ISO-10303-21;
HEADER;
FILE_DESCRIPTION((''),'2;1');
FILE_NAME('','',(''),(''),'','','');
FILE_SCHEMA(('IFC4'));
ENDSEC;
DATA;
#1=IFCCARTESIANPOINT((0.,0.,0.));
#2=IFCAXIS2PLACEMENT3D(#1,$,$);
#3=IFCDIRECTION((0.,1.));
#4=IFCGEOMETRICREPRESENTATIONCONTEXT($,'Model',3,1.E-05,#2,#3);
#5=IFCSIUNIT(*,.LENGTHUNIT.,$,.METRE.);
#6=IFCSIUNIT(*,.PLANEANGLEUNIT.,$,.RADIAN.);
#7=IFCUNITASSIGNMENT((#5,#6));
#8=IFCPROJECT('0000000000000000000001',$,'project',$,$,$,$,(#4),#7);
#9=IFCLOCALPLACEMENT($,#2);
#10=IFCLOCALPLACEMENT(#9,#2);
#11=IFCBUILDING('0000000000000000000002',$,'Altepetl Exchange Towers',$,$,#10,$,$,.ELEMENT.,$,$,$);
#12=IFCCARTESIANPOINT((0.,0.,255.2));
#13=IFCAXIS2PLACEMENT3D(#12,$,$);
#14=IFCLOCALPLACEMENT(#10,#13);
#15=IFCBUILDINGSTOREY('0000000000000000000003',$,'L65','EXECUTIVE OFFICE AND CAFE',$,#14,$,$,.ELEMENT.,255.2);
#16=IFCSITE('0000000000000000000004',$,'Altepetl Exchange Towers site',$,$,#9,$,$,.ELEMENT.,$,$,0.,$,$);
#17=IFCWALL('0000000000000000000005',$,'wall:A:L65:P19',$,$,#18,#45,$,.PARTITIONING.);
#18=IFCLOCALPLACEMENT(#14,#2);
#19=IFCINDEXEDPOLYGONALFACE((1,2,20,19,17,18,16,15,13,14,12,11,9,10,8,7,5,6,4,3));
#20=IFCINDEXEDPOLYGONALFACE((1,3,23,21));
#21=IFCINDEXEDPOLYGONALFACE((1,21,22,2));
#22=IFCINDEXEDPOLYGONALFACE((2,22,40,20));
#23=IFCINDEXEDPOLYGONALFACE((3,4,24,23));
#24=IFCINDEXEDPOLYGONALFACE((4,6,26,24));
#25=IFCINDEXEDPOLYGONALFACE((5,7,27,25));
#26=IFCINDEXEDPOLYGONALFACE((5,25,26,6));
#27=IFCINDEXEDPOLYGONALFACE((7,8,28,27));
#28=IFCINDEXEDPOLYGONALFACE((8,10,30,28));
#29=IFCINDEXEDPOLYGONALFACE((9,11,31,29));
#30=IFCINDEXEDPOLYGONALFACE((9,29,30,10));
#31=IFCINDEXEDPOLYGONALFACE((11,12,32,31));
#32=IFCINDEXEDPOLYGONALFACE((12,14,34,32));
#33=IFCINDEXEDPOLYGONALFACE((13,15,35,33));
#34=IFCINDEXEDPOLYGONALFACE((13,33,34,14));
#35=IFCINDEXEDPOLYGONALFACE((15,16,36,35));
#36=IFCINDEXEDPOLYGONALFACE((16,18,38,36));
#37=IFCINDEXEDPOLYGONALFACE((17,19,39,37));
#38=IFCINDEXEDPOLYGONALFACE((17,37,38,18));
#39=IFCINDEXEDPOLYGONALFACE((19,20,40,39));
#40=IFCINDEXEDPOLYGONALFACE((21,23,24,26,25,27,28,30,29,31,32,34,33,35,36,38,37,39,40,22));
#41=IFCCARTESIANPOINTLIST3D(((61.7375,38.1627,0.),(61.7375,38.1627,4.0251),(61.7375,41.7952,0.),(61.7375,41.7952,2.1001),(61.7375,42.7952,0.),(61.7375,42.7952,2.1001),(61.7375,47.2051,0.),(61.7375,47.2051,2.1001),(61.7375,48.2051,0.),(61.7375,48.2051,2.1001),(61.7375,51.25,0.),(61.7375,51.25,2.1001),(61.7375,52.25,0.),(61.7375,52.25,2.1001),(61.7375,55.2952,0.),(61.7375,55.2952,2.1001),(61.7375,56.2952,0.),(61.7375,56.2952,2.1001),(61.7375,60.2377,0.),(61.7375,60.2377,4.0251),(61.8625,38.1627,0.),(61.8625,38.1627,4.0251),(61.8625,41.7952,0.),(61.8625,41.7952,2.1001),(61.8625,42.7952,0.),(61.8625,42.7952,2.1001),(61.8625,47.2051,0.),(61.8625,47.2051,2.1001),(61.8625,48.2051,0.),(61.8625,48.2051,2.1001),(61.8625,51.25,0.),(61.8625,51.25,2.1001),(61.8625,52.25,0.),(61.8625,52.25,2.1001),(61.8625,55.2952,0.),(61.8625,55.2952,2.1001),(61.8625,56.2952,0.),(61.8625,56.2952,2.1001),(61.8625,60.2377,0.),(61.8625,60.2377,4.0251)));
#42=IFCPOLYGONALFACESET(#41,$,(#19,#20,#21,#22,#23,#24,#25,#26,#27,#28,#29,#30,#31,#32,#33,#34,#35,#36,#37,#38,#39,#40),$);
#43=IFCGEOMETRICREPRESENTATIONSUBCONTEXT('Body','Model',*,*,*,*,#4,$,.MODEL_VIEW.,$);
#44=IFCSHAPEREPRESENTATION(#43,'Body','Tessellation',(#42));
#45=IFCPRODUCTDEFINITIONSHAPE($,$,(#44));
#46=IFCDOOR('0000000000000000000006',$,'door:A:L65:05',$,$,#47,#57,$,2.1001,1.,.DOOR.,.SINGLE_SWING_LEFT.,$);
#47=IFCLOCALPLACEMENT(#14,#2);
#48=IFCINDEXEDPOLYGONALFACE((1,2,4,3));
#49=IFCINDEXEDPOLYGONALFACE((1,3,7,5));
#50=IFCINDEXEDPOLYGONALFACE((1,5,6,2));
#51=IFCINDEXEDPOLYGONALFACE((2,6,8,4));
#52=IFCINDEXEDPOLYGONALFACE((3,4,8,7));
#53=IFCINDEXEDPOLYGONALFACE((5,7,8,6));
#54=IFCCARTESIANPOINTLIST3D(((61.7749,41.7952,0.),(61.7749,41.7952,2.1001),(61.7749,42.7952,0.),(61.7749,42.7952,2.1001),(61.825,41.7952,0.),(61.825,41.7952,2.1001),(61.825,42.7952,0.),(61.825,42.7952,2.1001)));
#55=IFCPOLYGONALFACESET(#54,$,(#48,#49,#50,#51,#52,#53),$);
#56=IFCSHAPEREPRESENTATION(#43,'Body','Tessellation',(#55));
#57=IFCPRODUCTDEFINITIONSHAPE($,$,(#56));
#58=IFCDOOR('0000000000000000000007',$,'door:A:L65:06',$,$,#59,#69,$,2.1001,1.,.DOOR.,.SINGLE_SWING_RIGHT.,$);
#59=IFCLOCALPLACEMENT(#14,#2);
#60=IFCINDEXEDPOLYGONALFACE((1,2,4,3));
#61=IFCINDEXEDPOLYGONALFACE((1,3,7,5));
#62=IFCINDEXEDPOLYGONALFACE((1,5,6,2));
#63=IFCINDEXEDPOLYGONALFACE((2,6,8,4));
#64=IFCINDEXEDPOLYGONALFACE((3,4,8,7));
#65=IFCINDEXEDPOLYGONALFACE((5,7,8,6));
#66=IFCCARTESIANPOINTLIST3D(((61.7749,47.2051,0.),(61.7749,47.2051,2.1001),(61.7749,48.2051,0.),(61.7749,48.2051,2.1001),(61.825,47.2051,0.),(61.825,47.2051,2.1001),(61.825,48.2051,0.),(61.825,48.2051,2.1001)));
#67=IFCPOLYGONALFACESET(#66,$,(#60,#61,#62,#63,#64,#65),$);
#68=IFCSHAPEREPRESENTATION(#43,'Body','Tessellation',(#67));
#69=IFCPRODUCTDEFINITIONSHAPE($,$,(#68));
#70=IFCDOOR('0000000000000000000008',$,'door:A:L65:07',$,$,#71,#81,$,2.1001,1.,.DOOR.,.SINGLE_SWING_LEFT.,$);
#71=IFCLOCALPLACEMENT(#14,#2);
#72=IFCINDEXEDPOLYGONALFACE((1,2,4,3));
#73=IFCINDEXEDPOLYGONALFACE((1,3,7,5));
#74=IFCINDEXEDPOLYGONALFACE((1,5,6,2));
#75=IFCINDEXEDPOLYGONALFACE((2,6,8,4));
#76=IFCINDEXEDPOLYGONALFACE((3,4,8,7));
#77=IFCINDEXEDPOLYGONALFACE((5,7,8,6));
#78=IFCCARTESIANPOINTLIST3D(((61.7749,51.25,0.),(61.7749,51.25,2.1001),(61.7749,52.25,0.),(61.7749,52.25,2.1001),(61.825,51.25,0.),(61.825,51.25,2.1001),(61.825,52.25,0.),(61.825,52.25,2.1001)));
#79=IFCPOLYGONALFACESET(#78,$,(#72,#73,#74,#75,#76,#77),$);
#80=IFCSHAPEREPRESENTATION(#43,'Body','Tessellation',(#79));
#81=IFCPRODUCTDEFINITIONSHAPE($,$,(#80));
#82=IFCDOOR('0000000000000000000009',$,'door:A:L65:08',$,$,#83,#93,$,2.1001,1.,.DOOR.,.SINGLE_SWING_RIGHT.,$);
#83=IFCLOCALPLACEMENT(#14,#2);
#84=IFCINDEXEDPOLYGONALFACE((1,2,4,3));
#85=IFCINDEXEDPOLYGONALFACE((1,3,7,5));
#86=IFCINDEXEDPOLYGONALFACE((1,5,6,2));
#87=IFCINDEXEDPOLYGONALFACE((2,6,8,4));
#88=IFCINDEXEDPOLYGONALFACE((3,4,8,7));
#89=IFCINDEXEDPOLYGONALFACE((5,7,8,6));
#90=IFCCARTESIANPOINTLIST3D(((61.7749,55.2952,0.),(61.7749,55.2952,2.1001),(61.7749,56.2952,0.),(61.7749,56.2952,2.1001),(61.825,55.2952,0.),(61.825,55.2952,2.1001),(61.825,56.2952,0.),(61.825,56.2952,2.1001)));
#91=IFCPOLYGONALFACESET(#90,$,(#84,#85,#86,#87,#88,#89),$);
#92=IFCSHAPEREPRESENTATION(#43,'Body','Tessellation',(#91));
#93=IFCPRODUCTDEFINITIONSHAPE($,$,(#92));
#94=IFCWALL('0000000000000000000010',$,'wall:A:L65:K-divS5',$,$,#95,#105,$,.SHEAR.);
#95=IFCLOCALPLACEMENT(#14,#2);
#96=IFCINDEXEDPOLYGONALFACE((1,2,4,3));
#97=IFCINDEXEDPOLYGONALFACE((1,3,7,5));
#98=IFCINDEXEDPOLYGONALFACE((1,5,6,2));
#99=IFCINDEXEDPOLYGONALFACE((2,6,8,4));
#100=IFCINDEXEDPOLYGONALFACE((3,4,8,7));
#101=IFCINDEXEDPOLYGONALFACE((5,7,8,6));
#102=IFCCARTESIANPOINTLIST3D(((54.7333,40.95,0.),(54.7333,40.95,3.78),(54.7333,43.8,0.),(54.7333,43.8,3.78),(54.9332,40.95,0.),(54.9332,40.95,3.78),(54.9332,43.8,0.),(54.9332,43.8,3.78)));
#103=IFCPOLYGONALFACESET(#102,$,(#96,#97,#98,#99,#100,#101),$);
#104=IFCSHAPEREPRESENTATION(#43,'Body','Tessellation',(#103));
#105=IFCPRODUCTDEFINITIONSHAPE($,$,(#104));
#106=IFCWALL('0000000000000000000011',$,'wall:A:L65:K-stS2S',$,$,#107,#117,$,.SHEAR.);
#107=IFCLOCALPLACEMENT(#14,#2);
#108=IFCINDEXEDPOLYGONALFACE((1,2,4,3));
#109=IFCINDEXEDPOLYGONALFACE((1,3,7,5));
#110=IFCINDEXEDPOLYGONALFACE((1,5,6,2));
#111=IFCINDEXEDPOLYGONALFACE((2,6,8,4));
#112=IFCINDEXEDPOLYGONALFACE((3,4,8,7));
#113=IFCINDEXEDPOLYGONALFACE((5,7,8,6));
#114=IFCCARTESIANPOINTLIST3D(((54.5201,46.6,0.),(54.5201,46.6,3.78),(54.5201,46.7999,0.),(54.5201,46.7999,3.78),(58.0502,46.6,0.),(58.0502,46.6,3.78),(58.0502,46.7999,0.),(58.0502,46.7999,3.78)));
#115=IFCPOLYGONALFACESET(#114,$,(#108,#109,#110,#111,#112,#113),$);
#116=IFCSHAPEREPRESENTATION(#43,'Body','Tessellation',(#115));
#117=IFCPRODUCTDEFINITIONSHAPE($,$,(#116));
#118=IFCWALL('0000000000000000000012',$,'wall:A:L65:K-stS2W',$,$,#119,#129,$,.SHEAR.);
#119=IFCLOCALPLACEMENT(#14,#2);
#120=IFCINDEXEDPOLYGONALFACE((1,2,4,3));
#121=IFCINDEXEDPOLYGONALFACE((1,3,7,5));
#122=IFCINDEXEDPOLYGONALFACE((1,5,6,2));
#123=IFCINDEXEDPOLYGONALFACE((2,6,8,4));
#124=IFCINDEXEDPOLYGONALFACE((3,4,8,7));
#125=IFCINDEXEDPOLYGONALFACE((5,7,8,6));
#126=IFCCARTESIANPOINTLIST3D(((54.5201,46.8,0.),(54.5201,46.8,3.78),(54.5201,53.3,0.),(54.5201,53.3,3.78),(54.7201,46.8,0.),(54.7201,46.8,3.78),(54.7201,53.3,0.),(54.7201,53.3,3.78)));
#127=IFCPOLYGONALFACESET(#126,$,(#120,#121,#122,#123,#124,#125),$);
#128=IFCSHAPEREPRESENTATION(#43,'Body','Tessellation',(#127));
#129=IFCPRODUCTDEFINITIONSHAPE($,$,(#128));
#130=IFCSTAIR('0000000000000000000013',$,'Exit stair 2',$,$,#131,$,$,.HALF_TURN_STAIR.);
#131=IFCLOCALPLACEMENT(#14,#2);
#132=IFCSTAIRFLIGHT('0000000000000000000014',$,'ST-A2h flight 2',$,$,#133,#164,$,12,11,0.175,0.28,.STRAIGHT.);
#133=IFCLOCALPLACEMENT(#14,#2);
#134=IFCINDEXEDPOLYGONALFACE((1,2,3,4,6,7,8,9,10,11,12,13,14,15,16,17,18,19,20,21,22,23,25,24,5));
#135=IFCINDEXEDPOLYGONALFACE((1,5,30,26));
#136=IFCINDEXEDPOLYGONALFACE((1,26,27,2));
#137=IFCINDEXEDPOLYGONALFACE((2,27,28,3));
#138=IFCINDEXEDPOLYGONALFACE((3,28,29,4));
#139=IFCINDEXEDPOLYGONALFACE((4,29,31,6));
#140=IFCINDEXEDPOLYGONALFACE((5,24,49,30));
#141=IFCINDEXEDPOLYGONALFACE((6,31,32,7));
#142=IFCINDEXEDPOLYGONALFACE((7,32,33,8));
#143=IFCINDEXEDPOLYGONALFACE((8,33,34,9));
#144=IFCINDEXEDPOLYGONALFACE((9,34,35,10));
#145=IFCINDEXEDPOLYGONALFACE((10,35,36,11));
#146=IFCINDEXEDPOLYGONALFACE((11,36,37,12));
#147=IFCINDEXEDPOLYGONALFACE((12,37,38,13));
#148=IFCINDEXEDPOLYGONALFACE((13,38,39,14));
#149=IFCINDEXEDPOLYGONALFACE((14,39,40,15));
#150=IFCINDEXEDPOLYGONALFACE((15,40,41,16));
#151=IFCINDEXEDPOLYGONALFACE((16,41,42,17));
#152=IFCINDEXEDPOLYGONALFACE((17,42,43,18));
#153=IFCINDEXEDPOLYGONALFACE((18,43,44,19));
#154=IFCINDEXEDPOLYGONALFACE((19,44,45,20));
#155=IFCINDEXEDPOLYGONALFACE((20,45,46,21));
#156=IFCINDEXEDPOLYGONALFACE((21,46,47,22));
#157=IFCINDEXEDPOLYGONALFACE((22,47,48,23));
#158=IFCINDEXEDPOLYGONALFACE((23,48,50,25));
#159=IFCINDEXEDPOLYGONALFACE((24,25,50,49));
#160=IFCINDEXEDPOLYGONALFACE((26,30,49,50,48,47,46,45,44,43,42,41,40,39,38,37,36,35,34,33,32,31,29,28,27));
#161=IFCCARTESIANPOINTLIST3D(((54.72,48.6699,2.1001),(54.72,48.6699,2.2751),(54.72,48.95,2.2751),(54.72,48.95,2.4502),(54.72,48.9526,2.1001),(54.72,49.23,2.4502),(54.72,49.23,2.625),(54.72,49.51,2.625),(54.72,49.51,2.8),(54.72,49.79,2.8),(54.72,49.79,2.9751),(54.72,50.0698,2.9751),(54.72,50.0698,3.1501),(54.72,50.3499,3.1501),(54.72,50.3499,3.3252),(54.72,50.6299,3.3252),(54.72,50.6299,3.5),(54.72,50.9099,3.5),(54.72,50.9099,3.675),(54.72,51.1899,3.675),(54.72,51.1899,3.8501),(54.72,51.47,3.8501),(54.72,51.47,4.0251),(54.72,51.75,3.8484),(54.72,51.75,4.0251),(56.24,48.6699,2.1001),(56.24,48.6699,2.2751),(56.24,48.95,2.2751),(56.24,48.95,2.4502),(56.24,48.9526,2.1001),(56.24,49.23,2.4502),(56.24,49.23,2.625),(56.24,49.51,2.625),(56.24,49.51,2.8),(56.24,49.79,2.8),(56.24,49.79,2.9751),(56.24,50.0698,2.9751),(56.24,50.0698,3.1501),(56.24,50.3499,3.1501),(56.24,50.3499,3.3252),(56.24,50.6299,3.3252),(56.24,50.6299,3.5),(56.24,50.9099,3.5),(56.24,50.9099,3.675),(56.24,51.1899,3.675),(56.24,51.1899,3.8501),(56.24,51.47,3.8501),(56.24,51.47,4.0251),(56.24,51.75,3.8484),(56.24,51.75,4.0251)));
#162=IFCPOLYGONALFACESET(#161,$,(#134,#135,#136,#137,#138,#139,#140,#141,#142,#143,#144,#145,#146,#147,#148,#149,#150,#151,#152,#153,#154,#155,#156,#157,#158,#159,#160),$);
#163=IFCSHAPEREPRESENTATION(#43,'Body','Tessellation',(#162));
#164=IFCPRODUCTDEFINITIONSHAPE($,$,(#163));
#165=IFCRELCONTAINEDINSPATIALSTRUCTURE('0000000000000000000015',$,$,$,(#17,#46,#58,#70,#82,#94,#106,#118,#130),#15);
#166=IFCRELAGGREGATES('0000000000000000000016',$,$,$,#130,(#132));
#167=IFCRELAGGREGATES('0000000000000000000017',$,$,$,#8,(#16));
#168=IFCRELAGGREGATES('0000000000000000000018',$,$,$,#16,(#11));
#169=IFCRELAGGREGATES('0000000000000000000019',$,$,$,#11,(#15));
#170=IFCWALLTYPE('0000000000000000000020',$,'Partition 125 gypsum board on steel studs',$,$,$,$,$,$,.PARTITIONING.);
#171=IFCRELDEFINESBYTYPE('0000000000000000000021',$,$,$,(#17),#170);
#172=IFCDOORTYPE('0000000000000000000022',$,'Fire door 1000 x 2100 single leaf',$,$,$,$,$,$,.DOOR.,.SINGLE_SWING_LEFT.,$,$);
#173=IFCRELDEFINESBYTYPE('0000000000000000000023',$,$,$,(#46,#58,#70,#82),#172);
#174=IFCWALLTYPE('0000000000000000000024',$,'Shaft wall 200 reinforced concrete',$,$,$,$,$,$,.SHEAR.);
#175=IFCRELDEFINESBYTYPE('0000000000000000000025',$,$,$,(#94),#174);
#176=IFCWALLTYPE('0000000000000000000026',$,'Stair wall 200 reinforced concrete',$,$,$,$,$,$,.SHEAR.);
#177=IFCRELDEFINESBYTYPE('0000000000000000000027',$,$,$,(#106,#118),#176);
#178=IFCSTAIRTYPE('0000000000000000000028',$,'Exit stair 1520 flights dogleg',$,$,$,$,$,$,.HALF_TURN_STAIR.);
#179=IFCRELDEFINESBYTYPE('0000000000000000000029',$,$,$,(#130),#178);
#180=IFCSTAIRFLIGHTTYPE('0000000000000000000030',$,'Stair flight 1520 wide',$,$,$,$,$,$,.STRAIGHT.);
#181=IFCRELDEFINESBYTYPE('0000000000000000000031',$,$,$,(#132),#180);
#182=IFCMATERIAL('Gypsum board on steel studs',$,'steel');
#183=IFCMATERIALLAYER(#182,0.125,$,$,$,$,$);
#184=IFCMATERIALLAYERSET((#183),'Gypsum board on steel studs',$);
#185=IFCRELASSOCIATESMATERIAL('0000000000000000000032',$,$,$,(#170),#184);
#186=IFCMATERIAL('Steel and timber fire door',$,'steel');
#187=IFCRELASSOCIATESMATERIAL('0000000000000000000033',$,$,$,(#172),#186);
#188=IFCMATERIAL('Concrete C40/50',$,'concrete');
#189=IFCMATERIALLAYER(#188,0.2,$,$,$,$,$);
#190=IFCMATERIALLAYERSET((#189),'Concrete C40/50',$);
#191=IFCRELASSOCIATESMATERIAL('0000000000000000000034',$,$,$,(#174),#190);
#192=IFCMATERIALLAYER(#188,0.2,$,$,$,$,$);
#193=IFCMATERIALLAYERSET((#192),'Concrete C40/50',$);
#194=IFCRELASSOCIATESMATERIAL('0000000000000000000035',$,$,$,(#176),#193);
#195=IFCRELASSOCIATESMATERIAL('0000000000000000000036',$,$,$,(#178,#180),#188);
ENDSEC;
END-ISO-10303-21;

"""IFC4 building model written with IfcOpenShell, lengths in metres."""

from ifc_helpers import new_model, si_unit, direction, frame, frame_2d, origin, place, context, subcontext, project, spatial, polyline, rectangle, outline, extrude, material, layer, layer_set, type_object, element, fill, aggregate, save


model = new_model("IFC4")

# Units and contexts
model_context = context("Model", 3, precision=1e-05, world=origin(), true_north=direction((0.0, 1.0)))
body_context = subcontext(model_context, "Body", "Model", "MODEL_VIEW")
ifc_project = project(units=[si_unit("LENGTHUNIT", "METRE"), si_unit("PLANEANGLEUNIT", "RADIAN")], contexts=[model_context])

# Site, building, storey
site_placement = place(None, origin())
site = spatial("IfcSite", under=ifc_project, at=site_placement, Name="Altepetl Exchange Towers site", CompositionType="ELEMENT", RefElevation=0.0)
building_placement = place(site_placement, origin())
building = spatial("IfcBuilding", under=site, at=building_placement, Name="Altepetl Exchange Towers", CompositionType="ELEMENT")
storey_placement = place(building_placement, frame((0.0, 0.0, 255.2)))
storey = spatial("IfcBuildingStorey", under=building, at=storey_placement, Name="L65", Description="EXECUTIVE OFFICE AND CAFE", CompositionType="ELEMENT", Elevation=255.2)

# Shared definitions
ifc_material_1 = material(Name="Steel and timber fire door", Category="steel")

# Shared definitions
ifc_material_2 = material(Name="Gypsum board on steel studs", Category="steel")
ifc_layer_1 = layer(ifc_material_2, 0.125)
ifc_layer_set_1 = layer_set([ifc_layer_1], Name="Gypsum board on steel studs")
wall_type_1 = type_object("IfcWallType", Name="Partition 125 gypsum board on steel studs", PredefinedType="PARTITIONING", material=ifc_layer_set_1)

# Wall, openings, doors
wall_1_placement = place(storey_placement, frame((61.8, 38.1626, 0.0), z_axis=(0.0, 0.0, 1.0), x_axis=(0.0, 1.0, 0.0)))
wall_1 = element("IfcWall", 1, at=wall_1_placement, inside=storey, type_object=wall_type_1, Name="wall:A:L65:P19", PredefinedType="PARTITIONING", context=body_context, shape_type="SweptSolid", body=[
    extrude(rectangle(XDim=22.075, YDim=0.125, at=frame_2d((11.0376, 0.0))), origin(), (0.0, 0.0, 1.0), 4.0251),
])
opening_1_placement = place(wall_1_placement, frame((3.6326, 0.0, 0.0)))
opening_1 = element("IfcOpeningElement", 2, at=opening_1_placement, cuts=wall_1, PredefinedType="OPENING", context=body_context, shape_type="SweptSolid", body=[
    extrude(rectangle(XDim=1.0, YDim=2.1001, at=frame_2d((0.5, 1.05))), frame((0.0, 0.0725, 0.0), z_axis=(0.0, -1.0, 0.0), x_axis=(1.0, 0.0, 0.0)), (0.0, 0.0, 1.0), 0.145),
])
opening_2_placement = place(wall_1_placement, frame((9.0425, 0.0, 0.0)))
opening_2 = element("IfcOpeningElement", 3, at=opening_2_placement, cuts=wall_1, PredefinedType="OPENING", context=body_context, shape_type="SweptSolid", body=[
    extrude(rectangle(XDim=1.0, YDim=2.1001, at=frame_2d((0.5, 1.05))), frame((0.0, 0.0725, 0.0), z_axis=(0.0, -1.0, 0.0), x_axis=(1.0, 0.0, 0.0)), (0.0, 0.0, 1.0), 0.145),
])
opening_3_placement = place(wall_1_placement, frame((13.0874, 0.0, 0.0)))
opening_3 = element("IfcOpeningElement", 4, at=opening_3_placement, cuts=wall_1, PredefinedType="OPENING", context=body_context, shape_type="SweptSolid", body=[
    extrude(rectangle(XDim=1.0, YDim=2.1001, at=frame_2d((0.5, 1.05))), frame((0.0, 0.0725, 0.0), z_axis=(0.0, -1.0, 0.0), x_axis=(1.0, 0.0, 0.0)), (0.0, 0.0, 1.0), 0.145),
])
opening_4_placement = place(wall_1_placement, frame((17.1326, 0.0, 0.0)))
opening_4 = element("IfcOpeningElement", 5, at=opening_4_placement, cuts=wall_1, PredefinedType="OPENING", context=body_context, shape_type="SweptSolid", body=[
    extrude(rectangle(XDim=1.0, YDim=2.1001, at=frame_2d((0.5, 1.05))), frame((0.0, 0.0725, 0.0), z_axis=(0.0, -1.0, 0.0), x_axis=(1.0, 0.0, 0.0)), (0.0, 0.0, 1.0), 0.145),
])
door_type_1 = type_object("IfcDoorType", Name="Fire door 1000 x 2100 single leaf", OperationType="SINGLE_SWING_LEFT", PredefinedType="DOOR", material=ifc_material_1)
door_1_placement = place(opening_1_placement, frame((1.0, 0.0, 0.0), x_axis=(-1.0, 0.0, 0.0)))
door_1 = element("IfcDoor", 6, at=door_1_placement, inside=storey, type_object=door_type_1, Name="door:A:L65:05", OperationType="SINGLE_SWING_LEFT", OverallHeight=2.1001, OverallWidth=1.0, PredefinedType="DOOR", context=body_context, shape_type="SweptSolid", body=[
    extrude(rectangle(XDim=1.0, YDim=2.1001, at=frame_2d((0.5, 1.05))), frame((0.0, 0.0249, 0.0), z_axis=(0.0, -1.0, 0.0), x_axis=(1.0, 0.0, 0.0)), (0.0, 0.0, 1.0), 0.05),
])
fill(opening_1, door_1)
door_2_placement = place(opening_2_placement, frame((1.0, 0.0, 0.0), x_axis=(-1.0, 0.0, 0.0)))
door_2 = element("IfcDoor", 7, at=door_2_placement, inside=storey, type_object=door_type_1, Name="door:A:L65:06", OperationType="SINGLE_SWING_RIGHT", OverallHeight=2.1001, OverallWidth=1.0, PredefinedType="DOOR", context=body_context, shape_type="SweptSolid", body=[
    extrude(rectangle(XDim=1.0, YDim=2.1001, at=frame_2d((0.5, 1.05))), frame((0.0, 0.0249, 0.0), z_axis=(0.0, -1.0, 0.0), x_axis=(1.0, 0.0, 0.0)), (0.0, 0.0, 1.0), 0.05),
])
fill(opening_2, door_2)
door_3_placement = place(opening_3_placement, frame((1.0, 0.0, 0.0), x_axis=(-1.0, 0.0, 0.0)))
door_3 = element("IfcDoor", 8, at=door_3_placement, inside=storey, type_object=door_type_1, Name="door:A:L65:07", OperationType="SINGLE_SWING_LEFT", OverallHeight=2.1001, OverallWidth=1.0, PredefinedType="DOOR", context=body_context, shape_type="SweptSolid", body=[
    extrude(rectangle(XDim=1.0, YDim=2.1001, at=frame_2d((0.5, 1.05))), frame((0.0, 0.0249, 0.0), z_axis=(0.0, -1.0, 0.0), x_axis=(1.0, 0.0, 0.0)), (0.0, 0.0, 1.0), 0.05),
])
fill(opening_3, door_3)
door_4_placement = place(opening_4_placement, frame((1.0, 0.0, 0.0), x_axis=(-1.0, 0.0, 0.0)))
door_4 = element("IfcDoor", 9, at=door_4_placement, inside=storey, type_object=door_type_1, Name="door:A:L65:08", OperationType="SINGLE_SWING_RIGHT", OverallHeight=2.1001, OverallWidth=1.0, PredefinedType="DOOR", context=body_context, shape_type="SweptSolid", body=[
    extrude(rectangle(XDim=1.0, YDim=2.1001, at=frame_2d((0.5, 1.05))), frame((0.0, 0.0249, 0.0), z_axis=(0.0, -1.0, 0.0), x_axis=(1.0, 0.0, 0.0)), (0.0, 0.0, 1.0), 0.05),
])
fill(opening_4, door_4)

# Walls
ifc_material_3 = material(Name="Concrete C40/50", Category="concrete")
ifc_layer_2 = layer(ifc_material_3, 0.2)
ifc_layer_set_2 = layer_set([ifc_layer_2], Name="Concrete C40/50")
wall_type_2 = type_object("IfcWallType", Name="Shaft wall 200 reinforced concrete", PredefinedType="SHEAR", material=ifc_layer_set_2)
wall_2_placement = place(storey_placement, frame((54.8333, 40.95, 0.0), z_axis=(0.0, 0.0, 1.0), x_axis=(0.0, 1.0, 0.0)))
element("IfcWall", 10, at=wall_2_placement, inside=storey, type_object=wall_type_2, Name="wall:A:L65:K-divS5", PredefinedType="SHEAR", context=body_context, shape_type="SweptSolid", body=[
    extrude(rectangle(XDim=2.8501, YDim=0.2, at=frame_2d((1.425, 0.0))), origin(), (0.0, 0.0, 1.0), 3.78),
])
ifc_layer_3 = layer(ifc_material_3, 0.2)
ifc_layer_set_3 = layer_set([ifc_layer_3], Name="Concrete C40/50")
wall_type_3 = type_object("IfcWallType", Name="Stair wall 200 reinforced concrete", PredefinedType="SHEAR", material=ifc_layer_set_3)
wall_3_placement = place(storey_placement, frame((54.52, 46.7, 0.0)))
element("IfcWall", 11, at=wall_3_placement, inside=storey, type_object=wall_type_3, Name="wall:A:L65:K-stS2S", PredefinedType="SHEAR", context=body_context, shape_type="SweptSolid", body=[
    extrude(rectangle(XDim=3.53, YDim=0.2, at=frame_2d((1.7651, 0.0))), origin(), (0.0, 0.0, 1.0), 3.78),
])
wall_4_placement = place(storey_placement, frame((54.6201, 46.8, 0.0), z_axis=(0.0, 0.0, 1.0), x_axis=(0.0, 1.0, 0.0)))
element("IfcWall", 12, at=wall_4_placement, inside=storey, type_object=wall_type_3, Name="wall:A:L65:K-stS2W", PredefinedType="SHEAR", context=body_context, shape_type="SweptSolid", body=[
    extrude(rectangle(XDim=6.5, YDim=0.2, at=frame_2d((3.25, 0.0))), origin(), (0.0, 0.0, 1.0), 3.78),
])

# Stair, stair flight
stair_type = type_object("IfcStairType", Name="Exit stair 1520 flights dogleg", PredefinedType="HALF_TURN_STAIR", material=ifc_material_3)
stair_placement = place(storey_placement, origin())
stair = element("IfcStair", 13, at=stair_placement, inside=storey, type_object=stair_type, Name="Exit stair 2", PredefinedType="HALF_TURN_STAIR")
stair_flight_type = type_object("IfcStairFlightType", Name="Stair flight 1520 wide", PredefinedType="STRAIGHT", material=ifc_material_3)
stair_flight_placement = place(storey_placement, frame((55.48, 48.6699, 2.1001), z_axis=(0.0, 0.0, 1.0), x_axis=(0.0, 1.0, 0.0)))
stair_flight = element("IfcStairFlight", 14, at=stair_flight_placement, type_object=stair_flight_type, Name="ST-A2h flight 2", NumberOfRisers=12, NumberOfTreads=11, PredefinedType="STRAIGHT", RiserHeight=0.175, TreadLength=0.28, context=body_context, shape_type="SweptSolid", body=[
    extrude(outline(polyline([(0.0, 0.0), (0.0, 0.175), (0.28, 0.175), (0.28, 0.3501), (0.5601, 0.3501), (0.5601, 0.5249), (0.8401, 0.5249), (0.8401, 0.7), (1.1201, 0.7), (1.1201, 0.875), (1.3999, 0.875), (1.3999, 1.05), (1.6799, 1.05), (1.6799, 1.2251), (1.96, 1.2251), (1.96, 1.3999), (2.24, 1.3999), (2.24, 1.575), (2.52, 1.575), (2.52, 1.75), (2.8, 1.75), (2.8, 1.925), (3.0801, 1.925), (3.0801, 2.1001), (3.0801, 1.7483), (0.2827, 0.0), (0.0, 0.0)])), frame((0.0, 0.76, 0.0), z_axis=(0.0, -1.0, 0.0), x_axis=(1.0, 0.0, 0.0)), (0.0, 0.0, 1.0), 1.52),
])
aggregate(stair, [stair_flight])

save(model, "model.ifc")
